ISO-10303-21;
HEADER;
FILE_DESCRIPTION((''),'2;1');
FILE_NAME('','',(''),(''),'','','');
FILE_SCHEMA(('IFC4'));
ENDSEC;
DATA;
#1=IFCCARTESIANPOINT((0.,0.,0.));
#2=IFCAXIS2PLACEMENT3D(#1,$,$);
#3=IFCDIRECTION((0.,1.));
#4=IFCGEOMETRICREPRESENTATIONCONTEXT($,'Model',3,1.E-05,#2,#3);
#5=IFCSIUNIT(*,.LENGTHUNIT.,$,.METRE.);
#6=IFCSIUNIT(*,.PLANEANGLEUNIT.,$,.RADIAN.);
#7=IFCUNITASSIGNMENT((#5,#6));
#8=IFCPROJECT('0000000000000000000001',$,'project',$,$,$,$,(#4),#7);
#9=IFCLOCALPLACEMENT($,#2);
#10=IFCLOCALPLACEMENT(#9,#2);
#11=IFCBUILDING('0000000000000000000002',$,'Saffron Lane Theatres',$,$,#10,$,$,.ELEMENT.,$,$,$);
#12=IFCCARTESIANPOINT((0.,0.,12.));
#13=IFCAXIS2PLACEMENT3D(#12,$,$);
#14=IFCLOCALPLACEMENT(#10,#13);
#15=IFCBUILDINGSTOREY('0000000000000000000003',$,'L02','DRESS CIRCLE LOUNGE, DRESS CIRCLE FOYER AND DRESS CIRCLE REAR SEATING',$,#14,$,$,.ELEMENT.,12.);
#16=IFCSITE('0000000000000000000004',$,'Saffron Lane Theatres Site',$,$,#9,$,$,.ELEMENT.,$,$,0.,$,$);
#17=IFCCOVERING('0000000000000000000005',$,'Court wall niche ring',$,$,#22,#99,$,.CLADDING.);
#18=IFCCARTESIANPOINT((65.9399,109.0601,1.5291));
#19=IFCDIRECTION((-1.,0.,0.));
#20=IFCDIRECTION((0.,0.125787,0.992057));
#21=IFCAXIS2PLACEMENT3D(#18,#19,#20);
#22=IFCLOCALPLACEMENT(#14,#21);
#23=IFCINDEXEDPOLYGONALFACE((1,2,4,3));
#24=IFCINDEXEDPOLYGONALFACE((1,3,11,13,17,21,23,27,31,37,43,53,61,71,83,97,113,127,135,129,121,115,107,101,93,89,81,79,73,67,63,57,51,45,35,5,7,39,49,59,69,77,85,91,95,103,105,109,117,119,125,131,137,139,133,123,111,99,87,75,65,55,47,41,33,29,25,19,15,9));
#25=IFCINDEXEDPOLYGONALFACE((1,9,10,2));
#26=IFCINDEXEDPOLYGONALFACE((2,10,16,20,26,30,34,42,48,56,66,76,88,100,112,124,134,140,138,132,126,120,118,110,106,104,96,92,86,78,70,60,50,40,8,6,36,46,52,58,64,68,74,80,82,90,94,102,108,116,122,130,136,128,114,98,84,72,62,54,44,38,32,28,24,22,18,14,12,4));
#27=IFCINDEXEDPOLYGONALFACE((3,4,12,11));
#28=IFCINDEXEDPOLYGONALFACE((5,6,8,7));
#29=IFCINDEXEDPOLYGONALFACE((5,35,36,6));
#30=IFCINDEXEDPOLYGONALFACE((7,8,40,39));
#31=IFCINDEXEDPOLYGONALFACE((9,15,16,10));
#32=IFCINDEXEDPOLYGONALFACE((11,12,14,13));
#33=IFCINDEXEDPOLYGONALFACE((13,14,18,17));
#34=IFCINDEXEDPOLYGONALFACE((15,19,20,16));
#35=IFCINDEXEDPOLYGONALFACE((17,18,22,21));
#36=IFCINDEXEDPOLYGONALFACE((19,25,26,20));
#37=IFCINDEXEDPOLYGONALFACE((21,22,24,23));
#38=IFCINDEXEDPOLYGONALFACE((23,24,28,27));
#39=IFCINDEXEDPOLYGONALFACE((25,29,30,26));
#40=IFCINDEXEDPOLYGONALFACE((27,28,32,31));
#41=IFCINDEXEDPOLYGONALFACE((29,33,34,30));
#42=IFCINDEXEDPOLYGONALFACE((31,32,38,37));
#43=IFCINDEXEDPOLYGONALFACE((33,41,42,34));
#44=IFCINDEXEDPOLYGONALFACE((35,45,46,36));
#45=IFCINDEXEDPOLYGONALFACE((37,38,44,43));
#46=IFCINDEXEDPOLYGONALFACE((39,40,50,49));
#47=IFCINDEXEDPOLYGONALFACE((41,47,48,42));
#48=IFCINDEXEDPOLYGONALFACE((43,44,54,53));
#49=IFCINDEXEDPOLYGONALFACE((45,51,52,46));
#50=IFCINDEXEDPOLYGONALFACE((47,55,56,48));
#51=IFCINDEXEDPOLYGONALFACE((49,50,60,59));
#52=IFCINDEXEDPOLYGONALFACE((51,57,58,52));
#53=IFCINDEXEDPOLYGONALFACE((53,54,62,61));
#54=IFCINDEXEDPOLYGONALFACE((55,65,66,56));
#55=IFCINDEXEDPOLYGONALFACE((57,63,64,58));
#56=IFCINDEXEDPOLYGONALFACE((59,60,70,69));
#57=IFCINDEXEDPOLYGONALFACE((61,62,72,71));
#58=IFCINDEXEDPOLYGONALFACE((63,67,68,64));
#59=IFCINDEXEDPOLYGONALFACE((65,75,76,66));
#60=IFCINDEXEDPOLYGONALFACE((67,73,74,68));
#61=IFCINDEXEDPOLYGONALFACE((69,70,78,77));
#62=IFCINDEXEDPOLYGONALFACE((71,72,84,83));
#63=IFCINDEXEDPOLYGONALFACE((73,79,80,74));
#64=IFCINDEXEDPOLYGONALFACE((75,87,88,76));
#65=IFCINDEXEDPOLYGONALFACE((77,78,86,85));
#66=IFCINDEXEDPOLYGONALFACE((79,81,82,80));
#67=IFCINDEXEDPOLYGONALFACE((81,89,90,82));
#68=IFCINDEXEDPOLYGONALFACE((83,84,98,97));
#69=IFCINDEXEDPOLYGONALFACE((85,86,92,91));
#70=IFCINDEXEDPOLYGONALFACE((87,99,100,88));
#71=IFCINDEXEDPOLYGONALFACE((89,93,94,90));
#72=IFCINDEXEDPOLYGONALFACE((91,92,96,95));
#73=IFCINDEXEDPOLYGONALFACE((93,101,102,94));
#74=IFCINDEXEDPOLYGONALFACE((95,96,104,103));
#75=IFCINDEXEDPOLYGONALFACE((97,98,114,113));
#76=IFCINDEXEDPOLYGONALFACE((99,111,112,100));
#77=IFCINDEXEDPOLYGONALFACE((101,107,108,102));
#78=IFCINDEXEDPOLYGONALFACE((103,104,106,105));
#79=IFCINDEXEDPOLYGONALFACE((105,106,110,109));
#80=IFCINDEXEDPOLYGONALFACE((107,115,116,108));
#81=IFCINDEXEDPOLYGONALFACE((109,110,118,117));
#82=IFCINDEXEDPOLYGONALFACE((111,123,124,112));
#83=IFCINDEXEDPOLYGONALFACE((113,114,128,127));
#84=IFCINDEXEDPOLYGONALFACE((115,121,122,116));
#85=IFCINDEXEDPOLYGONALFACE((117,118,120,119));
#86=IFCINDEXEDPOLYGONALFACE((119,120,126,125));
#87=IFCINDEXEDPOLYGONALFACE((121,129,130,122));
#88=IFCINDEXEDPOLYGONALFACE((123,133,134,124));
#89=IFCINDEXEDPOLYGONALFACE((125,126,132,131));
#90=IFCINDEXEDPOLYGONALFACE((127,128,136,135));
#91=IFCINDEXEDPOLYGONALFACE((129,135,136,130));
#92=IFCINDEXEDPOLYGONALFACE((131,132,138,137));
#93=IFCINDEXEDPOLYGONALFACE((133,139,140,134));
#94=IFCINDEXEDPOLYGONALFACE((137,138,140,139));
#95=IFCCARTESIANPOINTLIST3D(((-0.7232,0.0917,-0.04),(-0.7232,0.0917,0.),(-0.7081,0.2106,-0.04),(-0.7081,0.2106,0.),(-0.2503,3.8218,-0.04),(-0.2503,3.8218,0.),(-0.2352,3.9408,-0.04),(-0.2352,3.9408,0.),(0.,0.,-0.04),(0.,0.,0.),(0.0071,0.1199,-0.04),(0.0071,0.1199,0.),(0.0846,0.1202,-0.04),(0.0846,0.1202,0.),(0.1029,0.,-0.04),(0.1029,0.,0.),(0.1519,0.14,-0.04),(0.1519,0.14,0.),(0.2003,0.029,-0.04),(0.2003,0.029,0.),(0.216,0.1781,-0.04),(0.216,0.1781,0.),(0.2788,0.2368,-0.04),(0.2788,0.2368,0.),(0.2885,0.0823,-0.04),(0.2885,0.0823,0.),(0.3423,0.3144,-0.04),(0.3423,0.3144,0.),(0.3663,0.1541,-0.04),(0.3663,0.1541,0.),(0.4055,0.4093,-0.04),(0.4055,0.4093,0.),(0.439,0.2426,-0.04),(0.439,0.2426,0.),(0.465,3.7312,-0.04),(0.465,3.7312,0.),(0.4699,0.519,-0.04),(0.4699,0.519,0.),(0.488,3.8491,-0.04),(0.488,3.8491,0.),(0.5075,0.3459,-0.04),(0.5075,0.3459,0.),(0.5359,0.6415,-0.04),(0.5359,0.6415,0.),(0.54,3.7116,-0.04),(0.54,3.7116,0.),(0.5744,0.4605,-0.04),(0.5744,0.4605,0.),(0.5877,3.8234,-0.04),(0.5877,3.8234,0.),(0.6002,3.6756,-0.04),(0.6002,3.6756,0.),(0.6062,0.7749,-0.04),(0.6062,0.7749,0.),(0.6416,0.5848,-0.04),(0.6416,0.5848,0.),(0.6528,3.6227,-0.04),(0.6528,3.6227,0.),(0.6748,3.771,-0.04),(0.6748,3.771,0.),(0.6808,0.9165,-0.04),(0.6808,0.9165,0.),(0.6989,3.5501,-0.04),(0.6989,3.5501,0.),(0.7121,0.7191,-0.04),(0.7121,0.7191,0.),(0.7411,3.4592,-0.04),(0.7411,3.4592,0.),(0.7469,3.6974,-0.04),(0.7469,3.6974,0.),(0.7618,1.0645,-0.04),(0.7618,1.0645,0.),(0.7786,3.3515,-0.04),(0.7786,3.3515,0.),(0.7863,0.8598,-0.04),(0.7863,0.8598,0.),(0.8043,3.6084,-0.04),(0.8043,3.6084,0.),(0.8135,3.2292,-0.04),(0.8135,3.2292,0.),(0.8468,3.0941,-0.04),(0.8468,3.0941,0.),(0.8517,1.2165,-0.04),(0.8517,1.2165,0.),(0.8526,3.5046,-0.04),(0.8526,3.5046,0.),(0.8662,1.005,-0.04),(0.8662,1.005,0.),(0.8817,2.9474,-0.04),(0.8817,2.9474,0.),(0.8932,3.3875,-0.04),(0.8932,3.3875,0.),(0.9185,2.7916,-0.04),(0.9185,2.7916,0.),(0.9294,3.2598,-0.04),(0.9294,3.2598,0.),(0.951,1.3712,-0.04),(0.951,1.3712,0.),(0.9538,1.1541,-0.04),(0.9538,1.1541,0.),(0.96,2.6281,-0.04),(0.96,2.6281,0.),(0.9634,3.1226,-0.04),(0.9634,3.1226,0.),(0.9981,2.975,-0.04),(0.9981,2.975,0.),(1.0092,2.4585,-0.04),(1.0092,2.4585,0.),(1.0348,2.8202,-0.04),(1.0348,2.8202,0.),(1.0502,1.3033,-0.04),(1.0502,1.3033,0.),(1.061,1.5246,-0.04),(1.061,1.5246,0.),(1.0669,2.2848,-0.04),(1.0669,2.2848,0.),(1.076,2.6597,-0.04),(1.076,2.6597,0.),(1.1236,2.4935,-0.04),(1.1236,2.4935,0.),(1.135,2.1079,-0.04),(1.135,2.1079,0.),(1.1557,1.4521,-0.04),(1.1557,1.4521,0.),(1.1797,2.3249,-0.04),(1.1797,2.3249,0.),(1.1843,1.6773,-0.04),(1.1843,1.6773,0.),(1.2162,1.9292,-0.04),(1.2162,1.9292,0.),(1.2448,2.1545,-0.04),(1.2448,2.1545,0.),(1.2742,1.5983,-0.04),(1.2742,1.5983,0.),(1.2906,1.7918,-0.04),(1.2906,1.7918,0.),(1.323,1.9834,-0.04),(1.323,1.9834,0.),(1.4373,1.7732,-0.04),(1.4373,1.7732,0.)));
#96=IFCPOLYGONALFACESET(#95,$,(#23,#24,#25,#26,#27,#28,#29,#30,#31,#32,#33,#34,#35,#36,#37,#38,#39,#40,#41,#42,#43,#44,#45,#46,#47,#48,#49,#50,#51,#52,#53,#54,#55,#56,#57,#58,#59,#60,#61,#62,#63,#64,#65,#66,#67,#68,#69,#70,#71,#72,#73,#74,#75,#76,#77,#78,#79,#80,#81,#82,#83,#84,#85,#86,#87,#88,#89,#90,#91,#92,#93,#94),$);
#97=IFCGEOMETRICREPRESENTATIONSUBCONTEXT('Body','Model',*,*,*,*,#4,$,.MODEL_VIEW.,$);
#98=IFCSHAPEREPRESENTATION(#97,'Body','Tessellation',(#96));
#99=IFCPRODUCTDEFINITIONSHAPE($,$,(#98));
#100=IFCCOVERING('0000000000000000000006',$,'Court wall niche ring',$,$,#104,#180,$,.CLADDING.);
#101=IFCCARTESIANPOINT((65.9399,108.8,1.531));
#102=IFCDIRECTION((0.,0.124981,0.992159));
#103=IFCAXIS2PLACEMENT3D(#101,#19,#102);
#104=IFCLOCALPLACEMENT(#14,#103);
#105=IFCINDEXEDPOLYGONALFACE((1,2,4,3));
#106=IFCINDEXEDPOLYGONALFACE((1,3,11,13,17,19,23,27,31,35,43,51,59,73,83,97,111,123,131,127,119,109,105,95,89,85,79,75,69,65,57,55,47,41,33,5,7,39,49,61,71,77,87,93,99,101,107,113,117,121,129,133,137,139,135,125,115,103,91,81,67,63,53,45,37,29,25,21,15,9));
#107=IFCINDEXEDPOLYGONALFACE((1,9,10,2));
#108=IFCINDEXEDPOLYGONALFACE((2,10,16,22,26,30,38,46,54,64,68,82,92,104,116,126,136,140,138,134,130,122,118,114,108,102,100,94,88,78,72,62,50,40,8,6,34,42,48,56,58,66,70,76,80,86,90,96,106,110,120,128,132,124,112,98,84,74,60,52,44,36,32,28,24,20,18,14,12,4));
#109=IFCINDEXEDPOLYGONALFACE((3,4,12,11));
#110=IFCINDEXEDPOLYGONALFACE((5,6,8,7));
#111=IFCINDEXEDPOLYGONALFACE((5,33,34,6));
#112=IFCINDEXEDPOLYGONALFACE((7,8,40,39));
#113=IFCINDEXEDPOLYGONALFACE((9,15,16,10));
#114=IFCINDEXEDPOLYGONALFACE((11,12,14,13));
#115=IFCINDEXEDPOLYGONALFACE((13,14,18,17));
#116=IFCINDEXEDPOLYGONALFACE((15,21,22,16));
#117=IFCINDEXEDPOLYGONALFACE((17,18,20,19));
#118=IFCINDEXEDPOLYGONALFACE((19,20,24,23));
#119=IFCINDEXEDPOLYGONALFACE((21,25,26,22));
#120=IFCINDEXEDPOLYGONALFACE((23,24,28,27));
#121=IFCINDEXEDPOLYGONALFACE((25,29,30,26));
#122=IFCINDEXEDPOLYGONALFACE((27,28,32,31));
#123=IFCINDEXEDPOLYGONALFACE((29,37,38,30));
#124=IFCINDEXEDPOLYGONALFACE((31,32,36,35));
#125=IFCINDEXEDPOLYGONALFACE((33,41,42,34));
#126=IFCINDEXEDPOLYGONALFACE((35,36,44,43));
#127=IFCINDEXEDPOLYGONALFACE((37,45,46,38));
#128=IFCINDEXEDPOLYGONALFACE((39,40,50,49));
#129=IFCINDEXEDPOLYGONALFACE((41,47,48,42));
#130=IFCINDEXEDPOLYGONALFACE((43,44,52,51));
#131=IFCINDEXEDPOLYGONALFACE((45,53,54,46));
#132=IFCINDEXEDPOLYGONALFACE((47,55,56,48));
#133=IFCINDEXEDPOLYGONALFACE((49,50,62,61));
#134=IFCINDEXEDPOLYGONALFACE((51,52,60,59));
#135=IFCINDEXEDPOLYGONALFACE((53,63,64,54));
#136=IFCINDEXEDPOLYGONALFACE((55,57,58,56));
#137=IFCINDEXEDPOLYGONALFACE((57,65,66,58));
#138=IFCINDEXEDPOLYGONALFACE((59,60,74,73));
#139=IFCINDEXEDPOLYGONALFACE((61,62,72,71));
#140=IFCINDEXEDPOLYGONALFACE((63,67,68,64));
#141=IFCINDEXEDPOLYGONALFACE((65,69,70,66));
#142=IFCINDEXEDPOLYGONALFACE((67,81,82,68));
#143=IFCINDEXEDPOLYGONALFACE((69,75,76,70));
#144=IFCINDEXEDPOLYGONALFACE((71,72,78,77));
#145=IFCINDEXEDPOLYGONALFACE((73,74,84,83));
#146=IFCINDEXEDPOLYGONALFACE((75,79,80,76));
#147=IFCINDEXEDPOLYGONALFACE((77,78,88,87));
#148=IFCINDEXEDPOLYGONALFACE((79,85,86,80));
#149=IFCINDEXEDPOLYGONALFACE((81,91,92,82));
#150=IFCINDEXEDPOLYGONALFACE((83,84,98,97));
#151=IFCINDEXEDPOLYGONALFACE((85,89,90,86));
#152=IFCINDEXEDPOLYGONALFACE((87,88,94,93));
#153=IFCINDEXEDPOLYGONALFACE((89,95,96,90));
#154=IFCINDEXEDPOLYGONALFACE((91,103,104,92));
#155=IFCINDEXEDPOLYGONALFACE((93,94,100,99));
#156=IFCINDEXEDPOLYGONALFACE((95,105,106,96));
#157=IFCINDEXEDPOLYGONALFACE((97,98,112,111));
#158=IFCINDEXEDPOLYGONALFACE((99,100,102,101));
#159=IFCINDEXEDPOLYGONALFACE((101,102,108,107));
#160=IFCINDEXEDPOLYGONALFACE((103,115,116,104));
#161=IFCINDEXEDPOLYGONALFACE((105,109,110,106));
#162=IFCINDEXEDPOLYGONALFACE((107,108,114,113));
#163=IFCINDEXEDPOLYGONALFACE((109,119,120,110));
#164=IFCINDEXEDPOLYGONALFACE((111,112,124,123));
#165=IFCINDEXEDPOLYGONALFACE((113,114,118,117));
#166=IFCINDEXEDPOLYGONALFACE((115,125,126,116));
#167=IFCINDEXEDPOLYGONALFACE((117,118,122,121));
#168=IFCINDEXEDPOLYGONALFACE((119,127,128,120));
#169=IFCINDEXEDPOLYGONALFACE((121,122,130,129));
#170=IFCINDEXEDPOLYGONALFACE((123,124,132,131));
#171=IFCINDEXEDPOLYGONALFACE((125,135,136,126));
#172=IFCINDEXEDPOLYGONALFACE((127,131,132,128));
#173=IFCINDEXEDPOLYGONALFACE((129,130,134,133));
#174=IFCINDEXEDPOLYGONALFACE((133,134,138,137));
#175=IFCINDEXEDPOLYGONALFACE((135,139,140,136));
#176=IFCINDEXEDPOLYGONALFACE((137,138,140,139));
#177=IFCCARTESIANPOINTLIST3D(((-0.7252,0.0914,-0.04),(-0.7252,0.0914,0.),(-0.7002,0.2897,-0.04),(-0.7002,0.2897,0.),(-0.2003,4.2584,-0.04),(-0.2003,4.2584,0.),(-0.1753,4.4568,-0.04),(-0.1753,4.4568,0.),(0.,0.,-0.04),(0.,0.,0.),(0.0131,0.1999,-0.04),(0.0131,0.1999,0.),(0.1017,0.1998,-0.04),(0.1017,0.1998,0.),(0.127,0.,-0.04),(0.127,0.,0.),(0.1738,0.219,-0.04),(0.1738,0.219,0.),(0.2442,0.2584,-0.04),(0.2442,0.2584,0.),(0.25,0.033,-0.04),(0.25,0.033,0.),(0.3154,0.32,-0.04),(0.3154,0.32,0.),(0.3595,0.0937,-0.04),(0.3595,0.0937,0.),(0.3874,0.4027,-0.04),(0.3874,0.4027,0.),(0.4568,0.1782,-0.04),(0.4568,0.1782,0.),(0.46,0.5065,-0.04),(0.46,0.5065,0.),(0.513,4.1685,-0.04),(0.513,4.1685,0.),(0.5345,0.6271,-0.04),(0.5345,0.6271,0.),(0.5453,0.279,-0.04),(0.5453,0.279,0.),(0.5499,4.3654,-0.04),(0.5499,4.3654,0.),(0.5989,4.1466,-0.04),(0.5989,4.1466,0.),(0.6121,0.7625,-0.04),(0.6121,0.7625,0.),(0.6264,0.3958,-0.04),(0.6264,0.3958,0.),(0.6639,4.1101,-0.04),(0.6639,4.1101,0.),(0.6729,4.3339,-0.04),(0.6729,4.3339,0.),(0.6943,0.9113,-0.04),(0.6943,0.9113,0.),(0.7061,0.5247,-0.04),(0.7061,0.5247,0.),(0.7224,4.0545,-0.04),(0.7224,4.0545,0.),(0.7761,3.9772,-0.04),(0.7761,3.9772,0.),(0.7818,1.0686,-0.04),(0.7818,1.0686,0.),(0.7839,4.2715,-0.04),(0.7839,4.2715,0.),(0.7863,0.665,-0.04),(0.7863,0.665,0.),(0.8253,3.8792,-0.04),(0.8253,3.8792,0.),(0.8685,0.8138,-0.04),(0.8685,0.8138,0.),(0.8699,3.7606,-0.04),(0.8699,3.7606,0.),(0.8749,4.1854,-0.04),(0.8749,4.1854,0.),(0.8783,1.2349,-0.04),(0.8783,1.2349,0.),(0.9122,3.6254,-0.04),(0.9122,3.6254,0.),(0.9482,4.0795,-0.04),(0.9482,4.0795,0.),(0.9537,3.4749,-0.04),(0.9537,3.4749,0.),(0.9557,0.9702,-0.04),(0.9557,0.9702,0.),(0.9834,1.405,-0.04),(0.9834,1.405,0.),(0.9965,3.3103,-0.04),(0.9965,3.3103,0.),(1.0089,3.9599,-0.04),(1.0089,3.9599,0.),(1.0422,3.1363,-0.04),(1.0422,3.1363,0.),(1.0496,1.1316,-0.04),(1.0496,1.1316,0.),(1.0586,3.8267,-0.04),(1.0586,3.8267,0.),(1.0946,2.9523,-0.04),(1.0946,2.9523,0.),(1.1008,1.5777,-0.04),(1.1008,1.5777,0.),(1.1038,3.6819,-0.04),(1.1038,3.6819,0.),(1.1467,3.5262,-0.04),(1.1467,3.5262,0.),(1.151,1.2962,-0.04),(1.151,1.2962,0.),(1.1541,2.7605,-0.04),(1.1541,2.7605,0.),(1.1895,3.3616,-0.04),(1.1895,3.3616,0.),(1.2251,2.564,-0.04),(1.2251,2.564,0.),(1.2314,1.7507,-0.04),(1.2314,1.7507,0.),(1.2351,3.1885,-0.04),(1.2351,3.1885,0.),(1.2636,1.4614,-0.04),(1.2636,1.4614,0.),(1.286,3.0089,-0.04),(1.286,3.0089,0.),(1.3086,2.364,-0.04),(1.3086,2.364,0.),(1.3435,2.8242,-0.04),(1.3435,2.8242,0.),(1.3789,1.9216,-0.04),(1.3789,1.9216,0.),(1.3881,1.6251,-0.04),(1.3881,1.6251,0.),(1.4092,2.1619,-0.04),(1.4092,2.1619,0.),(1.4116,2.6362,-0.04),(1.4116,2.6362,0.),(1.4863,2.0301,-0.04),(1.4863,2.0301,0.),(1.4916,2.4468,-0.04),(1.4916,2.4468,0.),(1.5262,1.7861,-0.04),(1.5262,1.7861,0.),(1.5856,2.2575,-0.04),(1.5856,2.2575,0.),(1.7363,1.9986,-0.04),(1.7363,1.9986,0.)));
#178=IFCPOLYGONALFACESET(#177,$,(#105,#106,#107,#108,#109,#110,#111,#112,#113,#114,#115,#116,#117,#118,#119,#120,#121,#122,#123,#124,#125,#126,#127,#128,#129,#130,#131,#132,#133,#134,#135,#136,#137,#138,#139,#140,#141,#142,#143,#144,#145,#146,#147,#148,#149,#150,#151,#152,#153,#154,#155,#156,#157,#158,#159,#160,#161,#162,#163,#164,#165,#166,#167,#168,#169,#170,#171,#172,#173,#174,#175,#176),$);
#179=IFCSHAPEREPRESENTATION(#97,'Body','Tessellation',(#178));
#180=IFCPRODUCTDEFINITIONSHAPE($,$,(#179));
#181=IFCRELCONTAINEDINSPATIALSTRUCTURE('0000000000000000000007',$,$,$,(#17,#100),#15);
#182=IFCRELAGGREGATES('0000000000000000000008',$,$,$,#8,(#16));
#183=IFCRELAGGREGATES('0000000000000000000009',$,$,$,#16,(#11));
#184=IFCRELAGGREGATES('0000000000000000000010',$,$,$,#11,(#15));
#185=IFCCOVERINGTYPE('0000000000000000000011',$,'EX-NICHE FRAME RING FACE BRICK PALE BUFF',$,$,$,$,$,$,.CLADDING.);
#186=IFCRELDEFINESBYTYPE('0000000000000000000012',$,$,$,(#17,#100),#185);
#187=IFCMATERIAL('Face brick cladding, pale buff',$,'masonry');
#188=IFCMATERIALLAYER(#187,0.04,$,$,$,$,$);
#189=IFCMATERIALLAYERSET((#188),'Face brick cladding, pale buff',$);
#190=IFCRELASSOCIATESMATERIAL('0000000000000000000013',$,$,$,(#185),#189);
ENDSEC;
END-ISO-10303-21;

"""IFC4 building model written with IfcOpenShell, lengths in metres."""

from ifc_helpers import new_model, si_unit, direction, frame, origin, place, context, subcontext, project, spatial, polyline, outline, extrude, material, layer, layer_set, type_object, element, save


model = new_model("IFC4")

# Units and contexts
model_context = context("Model", 3, precision=1e-05, world=origin(), true_north=direction((0.0, 1.0)))
body_context = subcontext(model_context, "Body", "Model", "MODEL_VIEW")
ifc_project = project(units=[si_unit("LENGTHUNIT", "METRE"), si_unit("PLANEANGLEUNIT", "RADIAN")], contexts=[model_context])

# Site, building, storey
site_placement = place(None, origin())
site = spatial("IfcSite", under=ifc_project, at=site_placement, Name="Saffron Lane Theatres Site", CompositionType="ELEMENT", RefElevation=0.0)
building_placement = place(site_placement, origin())
building = spatial("IfcBuilding", under=site, at=building_placement, Name="Saffron Lane Theatres", CompositionType="ELEMENT")
storey_placement = place(building_placement, frame((0.0, 0.0, 12.0)))
storey = spatial("IfcBuildingStorey", under=building, at=storey_placement, Name="L02", Description="DRESS CIRCLE LOUNGE, DRESS CIRCLE FOYER AND DRESS CIRCLE REAR SEATING", CompositionType="ELEMENT", Elevation=12.0)

# Coverings
ifc_material_1 = material(Name="Face brick cladding, pale buff", Category="masonry")
ifc_layer_1 = layer(ifc_material_1, 0.04)
ifc_layer_set_1 = layer_set([ifc_layer_1], Name="Face brick cladding, pale buff")
covering_type_1 = type_object("IfcCoveringType", Name="EX-NICHE FRAME RING FACE BRICK PALE BUFF", PredefinedType="CLADDING", material=ifc_layer_set_1)
covering_1_placement = place(storey_placement, frame((65.9399, 109.0601, 1.5291), z_axis=(-1.0, 0.0, 0.0), x_axis=(0.0, 0.125787, 0.992057)))
element("IfcCovering", 1, at=covering_1_placement, inside=storey, type_object=covering_type_1, Name="Court wall niche ring", PredefinedType="CLADDING", context=body_context, shape_type="SweptSolid", body=[
    extrude(outline(polyline([(0.0, 0.0), (0.1029, 0.0), (0.2003, 0.029), (0.2885, 0.0823), (0.3663, 0.1541), (0.439, 0.2426), (0.5075, 0.3459), (0.5744, 0.4605), (0.6416, 0.5848), (0.7121, 0.7191), (0.7863, 0.8598), (0.8662, 1.005), (0.9538, 1.1541), (1.0502, 1.3033), (1.1557, 1.4521), (1.2742, 1.5983), (1.4373, 1.7732), (1.323, 1.9834), (1.2448, 2.1545), (1.1797, 2.3249), (1.1236, 2.4935), (1.076, 2.6597), (1.0348, 2.8202), (0.9981, 2.975), (0.9634, 3.1226), (0.9294, 3.2598), (0.8932, 3.3875), (0.8526, 3.5046), (0.8043, 3.6084), (0.7469, 3.6974), (0.6748, 3.771), (0.5877, 3.8234), (0.488, 3.8491), (-0.2352, 3.9408), (-0.2503, 3.8218), (0.465, 3.7312), (0.54, 3.7116), (0.6002, 3.6756), (0.6528, 3.6227), (0.6989, 3.5501), (0.7411, 3.4592), (0.7786, 3.3515), (0.8135, 3.2292), (0.8468, 3.0941), (0.8817, 2.9474), (0.9185, 2.7916), (0.96, 2.6281), (1.0092, 2.4585), (1.0669, 2.2848), (1.135, 2.1079), (1.2162, 1.9292), (1.2906, 1.7918), (1.1843, 1.6773), (1.061, 1.5246), (0.951, 1.3712), (0.8517, 1.2165), (0.7618, 1.0645), (0.6808, 0.9165), (0.6062, 0.7749), (0.5359, 0.6415), (0.4699, 0.519), (0.4055, 0.4093), (0.3423, 0.3144), (0.2788, 0.2368), (0.216, 0.1781), (0.1519, 0.14), (0.0846, 0.1202), (0.0071, 0.1199), (-0.7081, 0.2106), (-0.7232, 0.0917), (0.0, 0.0)])), origin(), (0.0, 0.0, -1.0), 0.04),
])
covering_2_placement = place(storey_placement, frame((65.9399, 108.8, 1.531), z_axis=(-1.0, 0.0, 0.0), x_axis=(0.0, 0.124981, 0.992159)))
element("IfcCovering", 2, at=covering_2_placement, inside=storey, type_object=covering_type_1, Name="Court wall niche ring", PredefinedType="CLADDING", context=body_context, shape_type="SweptSolid", body=[
    extrude(outline(polyline([(0.0, 0.0), (0.127, 0.0), (0.25, 0.033), (0.3595, 0.0937), (0.4568, 0.1782), (0.5453, 0.279), (0.6264, 0.3958), (0.7061, 0.5247), (0.7863, 0.665), (0.8685, 0.8138), (0.9557, 0.9702), (1.0496, 1.1316), (1.151, 1.2962), (1.2636, 1.4614), (1.3881, 1.6251), (1.5262, 1.7861), (1.7363, 1.9986), (1.5856, 2.2575), (1.4916, 2.4468), (1.4116, 2.6362), (1.3435, 2.8242), (1.286, 3.0089), (1.2351, 3.1885), (1.1895, 3.3616), (1.1467, 3.5262), (1.1038, 3.6819), (1.0586, 3.8267), (1.0089, 3.9599), (0.9482, 4.0795), (0.8749, 4.1854), (0.7839, 4.2715), (0.6729, 4.3339), (0.5499, 4.3654), (-0.1753, 4.4568), (-0.2003, 4.2584), (0.513, 4.1685), (0.5989, 4.1466), (0.6639, 4.1101), (0.7224, 4.0545), (0.7761, 3.9772), (0.8253, 3.8792), (0.8699, 3.7606), (0.9122, 3.6254), (0.9537, 3.4749), (0.9965, 3.3103), (1.0422, 3.1363), (1.0946, 2.9523), (1.1541, 2.7605), (1.2251, 2.564), (1.3086, 2.364), (1.4092, 2.1619), (1.4863, 2.0301), (1.3789, 1.9216), (1.2314, 1.7507), (1.1008, 1.5777), (0.9834, 1.405), (0.8783, 1.2349), (0.7818, 1.0686), (0.6943, 0.9113), (0.6121, 0.7625), (0.5345, 0.6271), (0.46, 0.5065), (0.3874, 0.4027), (0.3154, 0.32), (0.2442, 0.2584), (0.1738, 0.219), (0.1017, 0.1998), (0.0131, 0.1999), (-0.7002, 0.2897), (-0.7252, 0.0914), (0.0, 0.0)])), origin(), (0.0, 0.0, -1.0), 0.04),
])

save(model, "model.ifc")
